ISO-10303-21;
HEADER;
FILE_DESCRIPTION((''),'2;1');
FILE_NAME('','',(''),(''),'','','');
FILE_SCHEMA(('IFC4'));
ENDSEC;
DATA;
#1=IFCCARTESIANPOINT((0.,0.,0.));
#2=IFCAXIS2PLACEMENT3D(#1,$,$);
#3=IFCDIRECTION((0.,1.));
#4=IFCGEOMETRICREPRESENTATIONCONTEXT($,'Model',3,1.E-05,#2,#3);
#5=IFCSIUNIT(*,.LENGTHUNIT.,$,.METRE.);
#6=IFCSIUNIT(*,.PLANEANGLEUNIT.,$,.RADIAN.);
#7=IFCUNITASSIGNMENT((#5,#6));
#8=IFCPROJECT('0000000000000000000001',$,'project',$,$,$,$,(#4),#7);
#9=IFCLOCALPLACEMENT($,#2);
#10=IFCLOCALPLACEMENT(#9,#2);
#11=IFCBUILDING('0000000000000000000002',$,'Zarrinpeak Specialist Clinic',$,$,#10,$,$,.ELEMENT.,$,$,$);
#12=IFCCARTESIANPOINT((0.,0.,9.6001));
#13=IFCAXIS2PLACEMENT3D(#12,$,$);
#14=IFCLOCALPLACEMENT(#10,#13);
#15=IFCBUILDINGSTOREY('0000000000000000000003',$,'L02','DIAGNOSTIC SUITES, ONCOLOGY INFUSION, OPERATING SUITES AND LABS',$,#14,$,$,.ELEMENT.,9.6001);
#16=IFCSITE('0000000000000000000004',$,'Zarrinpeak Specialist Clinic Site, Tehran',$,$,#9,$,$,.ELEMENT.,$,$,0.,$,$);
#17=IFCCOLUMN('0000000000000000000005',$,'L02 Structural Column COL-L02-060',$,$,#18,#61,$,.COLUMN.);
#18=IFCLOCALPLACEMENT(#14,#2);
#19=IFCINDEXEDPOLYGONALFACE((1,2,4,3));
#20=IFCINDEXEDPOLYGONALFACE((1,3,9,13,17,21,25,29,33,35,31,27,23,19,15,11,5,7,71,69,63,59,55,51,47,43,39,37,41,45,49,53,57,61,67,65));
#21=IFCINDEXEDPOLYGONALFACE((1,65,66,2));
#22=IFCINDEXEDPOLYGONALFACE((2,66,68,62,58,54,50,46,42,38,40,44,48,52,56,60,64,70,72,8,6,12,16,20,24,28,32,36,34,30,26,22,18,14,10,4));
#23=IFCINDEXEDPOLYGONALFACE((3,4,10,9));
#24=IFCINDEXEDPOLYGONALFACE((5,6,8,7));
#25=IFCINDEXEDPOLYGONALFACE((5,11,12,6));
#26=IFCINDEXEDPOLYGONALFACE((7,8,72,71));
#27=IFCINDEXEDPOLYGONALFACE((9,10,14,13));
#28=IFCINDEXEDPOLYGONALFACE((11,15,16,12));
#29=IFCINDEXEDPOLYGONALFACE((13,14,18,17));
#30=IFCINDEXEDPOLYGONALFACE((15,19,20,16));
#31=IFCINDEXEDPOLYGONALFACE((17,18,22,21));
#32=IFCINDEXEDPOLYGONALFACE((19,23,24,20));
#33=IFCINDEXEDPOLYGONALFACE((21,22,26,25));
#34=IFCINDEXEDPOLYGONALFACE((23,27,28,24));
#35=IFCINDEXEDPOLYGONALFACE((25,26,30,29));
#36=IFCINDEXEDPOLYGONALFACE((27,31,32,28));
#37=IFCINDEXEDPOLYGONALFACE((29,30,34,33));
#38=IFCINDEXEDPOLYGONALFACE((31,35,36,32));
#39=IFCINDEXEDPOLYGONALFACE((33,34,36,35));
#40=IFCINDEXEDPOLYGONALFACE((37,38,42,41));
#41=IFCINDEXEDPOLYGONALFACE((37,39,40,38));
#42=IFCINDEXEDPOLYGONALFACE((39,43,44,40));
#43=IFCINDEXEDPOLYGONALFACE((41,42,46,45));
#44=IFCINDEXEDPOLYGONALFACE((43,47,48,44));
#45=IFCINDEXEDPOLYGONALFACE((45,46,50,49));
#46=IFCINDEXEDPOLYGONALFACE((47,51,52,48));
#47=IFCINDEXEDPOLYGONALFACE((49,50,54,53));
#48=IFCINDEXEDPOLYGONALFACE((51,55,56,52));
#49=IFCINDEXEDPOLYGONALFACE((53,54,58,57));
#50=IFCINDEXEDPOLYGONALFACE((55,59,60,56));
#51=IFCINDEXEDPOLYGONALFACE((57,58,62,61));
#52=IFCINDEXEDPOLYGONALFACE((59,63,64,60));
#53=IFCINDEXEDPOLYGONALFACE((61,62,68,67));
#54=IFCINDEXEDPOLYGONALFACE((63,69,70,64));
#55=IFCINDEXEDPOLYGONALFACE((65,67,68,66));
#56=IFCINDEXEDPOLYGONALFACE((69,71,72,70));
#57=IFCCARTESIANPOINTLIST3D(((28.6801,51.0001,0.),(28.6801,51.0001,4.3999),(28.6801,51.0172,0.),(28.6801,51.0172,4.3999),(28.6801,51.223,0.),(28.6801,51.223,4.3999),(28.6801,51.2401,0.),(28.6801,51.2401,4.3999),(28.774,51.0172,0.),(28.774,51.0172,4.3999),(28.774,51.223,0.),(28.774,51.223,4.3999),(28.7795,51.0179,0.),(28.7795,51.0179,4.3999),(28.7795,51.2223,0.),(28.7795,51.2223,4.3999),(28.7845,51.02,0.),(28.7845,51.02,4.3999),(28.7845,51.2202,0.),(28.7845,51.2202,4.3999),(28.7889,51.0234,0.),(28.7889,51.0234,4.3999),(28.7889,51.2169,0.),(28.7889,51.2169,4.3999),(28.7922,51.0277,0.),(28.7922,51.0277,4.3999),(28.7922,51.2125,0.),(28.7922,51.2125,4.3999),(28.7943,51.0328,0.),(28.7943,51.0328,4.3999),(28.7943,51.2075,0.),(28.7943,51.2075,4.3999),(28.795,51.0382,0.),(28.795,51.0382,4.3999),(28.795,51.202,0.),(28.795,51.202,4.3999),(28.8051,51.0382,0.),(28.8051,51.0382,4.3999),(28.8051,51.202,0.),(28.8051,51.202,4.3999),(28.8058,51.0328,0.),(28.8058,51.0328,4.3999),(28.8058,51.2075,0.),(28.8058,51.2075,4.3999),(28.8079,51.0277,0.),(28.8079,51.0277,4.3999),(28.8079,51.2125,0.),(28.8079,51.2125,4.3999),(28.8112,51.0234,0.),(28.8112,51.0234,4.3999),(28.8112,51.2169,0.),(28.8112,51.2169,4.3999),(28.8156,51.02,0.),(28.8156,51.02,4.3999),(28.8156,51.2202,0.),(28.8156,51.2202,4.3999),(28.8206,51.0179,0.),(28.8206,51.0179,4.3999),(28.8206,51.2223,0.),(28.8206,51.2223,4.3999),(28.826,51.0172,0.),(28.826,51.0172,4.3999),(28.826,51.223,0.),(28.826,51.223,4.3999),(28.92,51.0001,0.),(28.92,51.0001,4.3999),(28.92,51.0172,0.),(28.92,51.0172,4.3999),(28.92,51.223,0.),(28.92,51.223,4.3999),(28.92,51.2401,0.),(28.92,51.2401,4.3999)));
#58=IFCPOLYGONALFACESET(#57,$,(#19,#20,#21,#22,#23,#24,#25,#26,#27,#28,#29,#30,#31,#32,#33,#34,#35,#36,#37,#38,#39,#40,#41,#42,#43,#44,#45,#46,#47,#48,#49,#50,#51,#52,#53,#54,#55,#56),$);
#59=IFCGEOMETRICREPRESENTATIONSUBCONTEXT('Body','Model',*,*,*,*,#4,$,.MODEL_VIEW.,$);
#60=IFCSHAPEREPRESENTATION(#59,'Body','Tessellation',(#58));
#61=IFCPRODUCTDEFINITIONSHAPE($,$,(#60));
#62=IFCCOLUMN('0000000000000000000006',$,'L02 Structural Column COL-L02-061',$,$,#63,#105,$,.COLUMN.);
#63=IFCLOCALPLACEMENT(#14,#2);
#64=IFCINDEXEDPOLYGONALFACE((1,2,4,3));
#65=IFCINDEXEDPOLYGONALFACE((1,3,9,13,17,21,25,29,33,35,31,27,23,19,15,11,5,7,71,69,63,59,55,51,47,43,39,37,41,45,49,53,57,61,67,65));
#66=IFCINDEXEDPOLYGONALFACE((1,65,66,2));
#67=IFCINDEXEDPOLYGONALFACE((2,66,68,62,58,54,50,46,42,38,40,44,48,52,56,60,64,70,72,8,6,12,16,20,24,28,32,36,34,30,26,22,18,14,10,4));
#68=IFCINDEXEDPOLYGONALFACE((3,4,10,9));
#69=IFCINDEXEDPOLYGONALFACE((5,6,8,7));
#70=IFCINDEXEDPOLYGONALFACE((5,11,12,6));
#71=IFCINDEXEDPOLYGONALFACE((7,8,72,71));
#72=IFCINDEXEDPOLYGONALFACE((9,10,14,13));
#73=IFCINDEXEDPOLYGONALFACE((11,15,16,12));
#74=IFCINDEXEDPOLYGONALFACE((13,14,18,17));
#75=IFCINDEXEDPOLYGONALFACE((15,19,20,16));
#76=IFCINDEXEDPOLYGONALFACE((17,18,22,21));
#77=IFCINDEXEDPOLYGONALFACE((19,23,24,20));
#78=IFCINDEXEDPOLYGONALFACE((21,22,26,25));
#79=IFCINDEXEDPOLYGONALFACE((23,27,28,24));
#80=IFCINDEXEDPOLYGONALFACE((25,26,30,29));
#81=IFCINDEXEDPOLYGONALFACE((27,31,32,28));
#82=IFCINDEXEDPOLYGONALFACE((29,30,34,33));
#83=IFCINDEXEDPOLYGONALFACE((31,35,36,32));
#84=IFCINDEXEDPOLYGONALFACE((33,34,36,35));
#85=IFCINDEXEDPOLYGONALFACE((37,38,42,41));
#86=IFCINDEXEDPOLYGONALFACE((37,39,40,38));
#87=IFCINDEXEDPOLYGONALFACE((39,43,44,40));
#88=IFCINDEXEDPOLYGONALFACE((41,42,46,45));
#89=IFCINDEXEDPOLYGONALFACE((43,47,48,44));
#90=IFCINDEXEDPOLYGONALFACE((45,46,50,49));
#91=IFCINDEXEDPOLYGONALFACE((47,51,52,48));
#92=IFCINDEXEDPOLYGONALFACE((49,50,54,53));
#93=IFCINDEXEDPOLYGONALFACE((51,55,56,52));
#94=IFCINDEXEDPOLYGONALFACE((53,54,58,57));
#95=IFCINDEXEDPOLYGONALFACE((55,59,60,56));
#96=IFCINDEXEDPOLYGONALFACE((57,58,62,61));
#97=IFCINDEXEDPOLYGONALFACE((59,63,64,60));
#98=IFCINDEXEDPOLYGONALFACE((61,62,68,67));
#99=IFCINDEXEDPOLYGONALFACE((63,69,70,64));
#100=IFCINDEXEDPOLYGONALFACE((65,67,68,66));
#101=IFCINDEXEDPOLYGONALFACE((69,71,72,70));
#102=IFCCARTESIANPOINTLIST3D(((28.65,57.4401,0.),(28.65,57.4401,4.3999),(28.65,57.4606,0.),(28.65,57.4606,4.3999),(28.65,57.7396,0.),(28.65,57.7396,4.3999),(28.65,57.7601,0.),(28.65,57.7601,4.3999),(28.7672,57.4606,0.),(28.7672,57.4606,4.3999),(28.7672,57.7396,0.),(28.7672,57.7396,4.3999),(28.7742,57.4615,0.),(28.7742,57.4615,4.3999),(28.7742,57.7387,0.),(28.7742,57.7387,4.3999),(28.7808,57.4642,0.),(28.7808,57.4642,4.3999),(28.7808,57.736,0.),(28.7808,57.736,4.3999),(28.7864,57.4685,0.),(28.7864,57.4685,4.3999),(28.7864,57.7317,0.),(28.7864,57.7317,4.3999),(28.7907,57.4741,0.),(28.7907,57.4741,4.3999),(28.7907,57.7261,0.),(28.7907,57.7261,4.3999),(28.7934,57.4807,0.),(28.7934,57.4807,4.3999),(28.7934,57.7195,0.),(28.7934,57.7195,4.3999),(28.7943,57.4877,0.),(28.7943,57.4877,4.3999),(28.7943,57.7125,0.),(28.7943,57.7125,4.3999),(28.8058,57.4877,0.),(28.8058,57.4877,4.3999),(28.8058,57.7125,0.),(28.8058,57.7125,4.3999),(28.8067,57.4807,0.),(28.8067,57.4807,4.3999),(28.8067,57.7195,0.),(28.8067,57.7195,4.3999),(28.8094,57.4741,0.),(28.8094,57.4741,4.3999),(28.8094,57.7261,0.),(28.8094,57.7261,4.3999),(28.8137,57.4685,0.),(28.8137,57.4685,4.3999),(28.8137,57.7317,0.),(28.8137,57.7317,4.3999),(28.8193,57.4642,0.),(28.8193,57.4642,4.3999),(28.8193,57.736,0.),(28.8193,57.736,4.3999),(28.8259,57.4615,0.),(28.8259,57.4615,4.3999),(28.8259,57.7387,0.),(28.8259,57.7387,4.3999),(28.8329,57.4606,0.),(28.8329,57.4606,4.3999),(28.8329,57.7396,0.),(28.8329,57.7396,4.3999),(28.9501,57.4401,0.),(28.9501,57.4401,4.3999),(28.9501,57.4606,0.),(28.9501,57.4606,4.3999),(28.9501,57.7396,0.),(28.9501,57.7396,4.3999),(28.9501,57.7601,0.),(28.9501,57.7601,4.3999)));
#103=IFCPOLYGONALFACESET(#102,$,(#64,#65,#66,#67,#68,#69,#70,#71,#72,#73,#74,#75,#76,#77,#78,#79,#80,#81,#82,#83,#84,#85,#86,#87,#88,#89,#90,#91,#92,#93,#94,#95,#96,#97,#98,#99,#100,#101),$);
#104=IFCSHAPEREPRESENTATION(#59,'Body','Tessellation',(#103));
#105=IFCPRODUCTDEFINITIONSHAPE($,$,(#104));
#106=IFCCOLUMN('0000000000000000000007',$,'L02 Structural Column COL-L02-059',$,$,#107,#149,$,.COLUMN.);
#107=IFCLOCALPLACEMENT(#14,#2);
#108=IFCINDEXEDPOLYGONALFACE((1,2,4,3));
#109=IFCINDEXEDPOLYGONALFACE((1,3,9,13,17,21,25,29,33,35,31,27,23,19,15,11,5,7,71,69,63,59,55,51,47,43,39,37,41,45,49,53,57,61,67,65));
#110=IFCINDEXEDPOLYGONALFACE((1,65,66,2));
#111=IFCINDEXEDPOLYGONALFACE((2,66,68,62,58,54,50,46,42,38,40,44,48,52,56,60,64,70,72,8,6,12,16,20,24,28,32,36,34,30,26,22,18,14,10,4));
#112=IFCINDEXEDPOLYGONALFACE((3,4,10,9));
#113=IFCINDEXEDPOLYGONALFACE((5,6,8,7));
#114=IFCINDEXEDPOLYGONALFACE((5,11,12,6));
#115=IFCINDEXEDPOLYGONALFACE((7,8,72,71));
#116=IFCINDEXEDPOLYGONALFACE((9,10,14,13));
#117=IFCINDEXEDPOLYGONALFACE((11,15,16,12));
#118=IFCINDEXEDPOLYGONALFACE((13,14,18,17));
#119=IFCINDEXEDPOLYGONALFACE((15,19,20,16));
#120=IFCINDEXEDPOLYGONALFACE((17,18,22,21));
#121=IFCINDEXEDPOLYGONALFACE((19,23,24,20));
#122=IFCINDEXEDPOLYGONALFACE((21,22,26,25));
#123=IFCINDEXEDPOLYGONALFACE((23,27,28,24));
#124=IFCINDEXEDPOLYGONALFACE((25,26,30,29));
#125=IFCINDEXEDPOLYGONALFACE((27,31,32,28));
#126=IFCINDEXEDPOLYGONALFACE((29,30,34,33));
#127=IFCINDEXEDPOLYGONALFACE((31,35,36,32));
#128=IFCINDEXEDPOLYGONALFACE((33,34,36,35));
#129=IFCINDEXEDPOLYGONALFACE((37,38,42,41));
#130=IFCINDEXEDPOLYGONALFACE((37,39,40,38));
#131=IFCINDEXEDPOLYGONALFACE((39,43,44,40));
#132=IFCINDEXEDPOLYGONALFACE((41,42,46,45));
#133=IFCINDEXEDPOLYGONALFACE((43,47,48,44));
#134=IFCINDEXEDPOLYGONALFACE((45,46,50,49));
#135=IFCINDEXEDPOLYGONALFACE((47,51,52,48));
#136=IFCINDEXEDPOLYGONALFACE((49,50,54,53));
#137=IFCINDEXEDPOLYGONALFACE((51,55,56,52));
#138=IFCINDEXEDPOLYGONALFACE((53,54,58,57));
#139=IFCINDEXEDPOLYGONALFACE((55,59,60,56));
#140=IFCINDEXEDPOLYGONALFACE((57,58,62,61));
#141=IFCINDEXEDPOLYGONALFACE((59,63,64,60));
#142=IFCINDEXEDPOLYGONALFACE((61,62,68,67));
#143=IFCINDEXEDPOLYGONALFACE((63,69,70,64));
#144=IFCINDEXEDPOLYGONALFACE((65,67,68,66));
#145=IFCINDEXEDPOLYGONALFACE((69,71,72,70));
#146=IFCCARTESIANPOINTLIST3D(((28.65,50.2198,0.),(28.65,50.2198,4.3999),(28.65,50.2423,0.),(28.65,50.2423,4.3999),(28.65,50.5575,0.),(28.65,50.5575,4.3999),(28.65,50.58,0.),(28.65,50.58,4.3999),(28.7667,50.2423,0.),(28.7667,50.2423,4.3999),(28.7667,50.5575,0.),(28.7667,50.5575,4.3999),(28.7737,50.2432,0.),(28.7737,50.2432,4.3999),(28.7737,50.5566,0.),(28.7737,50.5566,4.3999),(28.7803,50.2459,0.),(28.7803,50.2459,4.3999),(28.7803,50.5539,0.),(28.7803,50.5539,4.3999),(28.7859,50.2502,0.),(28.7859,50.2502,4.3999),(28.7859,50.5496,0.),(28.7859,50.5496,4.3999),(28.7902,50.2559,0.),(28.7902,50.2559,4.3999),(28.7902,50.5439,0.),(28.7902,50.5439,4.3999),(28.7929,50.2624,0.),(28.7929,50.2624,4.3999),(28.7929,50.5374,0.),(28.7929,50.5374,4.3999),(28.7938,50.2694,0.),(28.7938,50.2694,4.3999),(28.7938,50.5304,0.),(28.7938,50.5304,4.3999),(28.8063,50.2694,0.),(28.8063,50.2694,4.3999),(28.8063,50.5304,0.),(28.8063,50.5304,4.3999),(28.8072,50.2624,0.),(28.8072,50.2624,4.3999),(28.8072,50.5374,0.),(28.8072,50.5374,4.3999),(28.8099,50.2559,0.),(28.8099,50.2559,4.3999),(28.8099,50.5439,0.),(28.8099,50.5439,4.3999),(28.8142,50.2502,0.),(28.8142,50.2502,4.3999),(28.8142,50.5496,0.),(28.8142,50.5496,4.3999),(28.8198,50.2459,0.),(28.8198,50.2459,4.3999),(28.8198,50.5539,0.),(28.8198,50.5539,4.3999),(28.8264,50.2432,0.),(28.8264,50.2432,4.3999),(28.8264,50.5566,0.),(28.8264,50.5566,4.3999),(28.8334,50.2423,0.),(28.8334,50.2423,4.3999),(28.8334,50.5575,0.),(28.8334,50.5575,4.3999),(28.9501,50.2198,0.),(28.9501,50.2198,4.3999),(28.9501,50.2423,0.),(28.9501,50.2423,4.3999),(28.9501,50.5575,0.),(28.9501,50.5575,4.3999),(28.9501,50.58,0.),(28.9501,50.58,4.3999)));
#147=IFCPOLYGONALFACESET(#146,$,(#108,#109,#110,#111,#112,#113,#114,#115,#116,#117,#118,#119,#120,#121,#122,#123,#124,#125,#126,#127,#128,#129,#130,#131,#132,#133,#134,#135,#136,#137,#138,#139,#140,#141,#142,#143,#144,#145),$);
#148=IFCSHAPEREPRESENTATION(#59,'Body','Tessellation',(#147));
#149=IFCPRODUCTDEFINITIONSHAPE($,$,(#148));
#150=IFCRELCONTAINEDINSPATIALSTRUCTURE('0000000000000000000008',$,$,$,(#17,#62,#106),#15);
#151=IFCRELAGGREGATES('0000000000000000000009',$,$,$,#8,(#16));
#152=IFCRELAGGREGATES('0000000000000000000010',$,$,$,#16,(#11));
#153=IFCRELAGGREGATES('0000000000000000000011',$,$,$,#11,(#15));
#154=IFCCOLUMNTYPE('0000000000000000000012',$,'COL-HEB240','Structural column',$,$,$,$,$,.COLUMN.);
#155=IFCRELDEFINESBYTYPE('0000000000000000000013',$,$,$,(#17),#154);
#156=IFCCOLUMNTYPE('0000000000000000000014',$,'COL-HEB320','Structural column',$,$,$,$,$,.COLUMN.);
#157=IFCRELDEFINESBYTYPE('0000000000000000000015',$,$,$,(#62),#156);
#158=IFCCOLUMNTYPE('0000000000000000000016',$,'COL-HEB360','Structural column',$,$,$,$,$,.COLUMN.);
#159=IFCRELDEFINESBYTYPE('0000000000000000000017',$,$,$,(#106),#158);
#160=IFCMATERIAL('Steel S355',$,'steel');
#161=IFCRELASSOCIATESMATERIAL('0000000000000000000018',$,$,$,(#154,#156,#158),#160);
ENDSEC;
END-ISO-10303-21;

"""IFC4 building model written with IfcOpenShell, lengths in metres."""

from ifc_helpers import new_model, si_unit, direction, frame, origin, origin_2d, place, context, subcontext, project, spatial, i_section, extrude, material, material_profile, profile_set, type_object, element, save


model = new_model("IFC4")

# Units and contexts
model_context = context("Model", 3, precision=1e-05, world=origin(), true_north=direction((0.0, 1.0)))
body_context = subcontext(model_context, "Body", "Model", "MODEL_VIEW")
ifc_project = project(units=[si_unit("LENGTHUNIT", "METRE"), si_unit("PLANEANGLEUNIT", "RADIAN")], contexts=[model_context])

# Site, building, storey
site_placement = place(None, origin())
site = spatial("IfcSite", under=ifc_project, at=site_placement, Name="Zarrinpeak Specialist Clinic Site, Tehran", CompositionType="ELEMENT", RefElevation=0.0)
building_placement = place(site_placement, origin())
building = spatial("IfcBuilding", under=site, at=building_placement, Name="Zarrinpeak Specialist Clinic", CompositionType="ELEMENT")
storey_placement = place(building_placement, frame((0.0, 0.0, 9.6001)))
storey = spatial("IfcBuildingStorey", under=building, at=storey_placement, Name="L02", Description="DIAGNOSTIC SUITES, ONCOLOGY INFUSION, OPERATING SUITES AND LABS", CompositionType="ELEMENT", Elevation=9.6001)

# Columns
ifc_material_1 = material(Name="Steel S355", Category="steel")
ifc_material_profile_1 = material_profile(ifc_material_1, i_section(OverallWidth=0.24, OverallDepth=0.24, WebThickness=0.01, FlangeThickness=0.0171, FilletRadius=0.021, at=origin_2d()), Name="HEB 240")
ifc_profile_set_1 = profile_set([ifc_material_profile_1], Name="Steel S355")
column_type_1 = type_object("IfcColumnType", Name="COL-HEB240", Description="Structural column", PredefinedType="COLUMN", material=ifc_profile_set_1)
column_1_placement = place(storey_placement, frame((28.8, 51.1201, 0.0), z_axis=(0.0, 0.0, 1.0), x_axis=(1.0, 0.0, 0.0)))
element("IfcColumn", 1, at=column_1_placement, inside=storey, type_object=column_type_1, Name="L02 Structural Column COL-L02-060", PredefinedType="COLUMN", context=body_context, shape_type="SweptSolid", body=[
    extrude(i_section(OverallWidth=0.24, OverallDepth=0.24, WebThickness=0.01, FlangeThickness=0.0171, FilletRadius=0.021, at=origin_2d()), origin(), (0.0, 0.0, 1.0), 4.3999),
])
ifc_material_profile_2 = material_profile(ifc_material_1, i_section(OverallWidth=0.3, OverallDepth=0.3201, WebThickness=0.0115, FlangeThickness=0.0205, FilletRadius=0.0271, at=origin_2d()), Name="HEB 320")
ifc_profile_set_2 = profile_set([ifc_material_profile_2], Name="Steel S355")
column_type_2 = type_object("IfcColumnType", Name="COL-HEB320", Description="Structural column", PredefinedType="COLUMN", material=ifc_profile_set_2)
column_2_placement = place(storey_placement, frame((28.8, 57.6001, 0.0), z_axis=(0.0, 0.0, 1.0), x_axis=(1.0, 0.0, 0.0)))
element("IfcColumn", 2, at=column_2_placement, inside=storey, type_object=column_type_2, Name="L02 Structural Column COL-L02-061", PredefinedType="COLUMN", context=body_context, shape_type="SweptSolid", body=[
    extrude(i_section(OverallWidth=0.3, OverallDepth=0.3201, WebThickness=0.0115, FlangeThickness=0.0205, FilletRadius=0.0271, at=origin_2d()), origin(), (0.0, 0.0, 1.0), 4.3999),
])
ifc_material_profile_3 = material_profile(ifc_material_1, i_section(OverallWidth=0.3, OverallDepth=0.3601, WebThickness=0.0125, FlangeThickness=0.0225, FilletRadius=0.0271, at=origin_2d()), Name="HEB 360")
ifc_profile_set_3 = profile_set([ifc_material_profile_3], Name="Steel S355")
column_type_3 = type_object("IfcColumnType", Name="COL-HEB360", Description="Structural column", PredefinedType="COLUMN", material=ifc_profile_set_3)
column_3_placement = place(storey_placement, frame((28.8, 50.3999, 0.0), z_axis=(0.0, 0.0, 1.0), x_axis=(1.0, 0.0, 0.0)))
element("IfcColumn", 3, at=column_3_placement, inside=storey, type_object=column_type_3, Name="L02 Structural Column COL-L02-059", PredefinedType="COLUMN", context=body_context, shape_type="SweptSolid", body=[
    extrude(i_section(OverallWidth=0.3, OverallDepth=0.3601, WebThickness=0.0125, FlangeThickness=0.0225, FilletRadius=0.0271, at=origin_2d()), origin(), (0.0, 0.0, 1.0), 4.3999),
])

save(model, "model.ifc")
